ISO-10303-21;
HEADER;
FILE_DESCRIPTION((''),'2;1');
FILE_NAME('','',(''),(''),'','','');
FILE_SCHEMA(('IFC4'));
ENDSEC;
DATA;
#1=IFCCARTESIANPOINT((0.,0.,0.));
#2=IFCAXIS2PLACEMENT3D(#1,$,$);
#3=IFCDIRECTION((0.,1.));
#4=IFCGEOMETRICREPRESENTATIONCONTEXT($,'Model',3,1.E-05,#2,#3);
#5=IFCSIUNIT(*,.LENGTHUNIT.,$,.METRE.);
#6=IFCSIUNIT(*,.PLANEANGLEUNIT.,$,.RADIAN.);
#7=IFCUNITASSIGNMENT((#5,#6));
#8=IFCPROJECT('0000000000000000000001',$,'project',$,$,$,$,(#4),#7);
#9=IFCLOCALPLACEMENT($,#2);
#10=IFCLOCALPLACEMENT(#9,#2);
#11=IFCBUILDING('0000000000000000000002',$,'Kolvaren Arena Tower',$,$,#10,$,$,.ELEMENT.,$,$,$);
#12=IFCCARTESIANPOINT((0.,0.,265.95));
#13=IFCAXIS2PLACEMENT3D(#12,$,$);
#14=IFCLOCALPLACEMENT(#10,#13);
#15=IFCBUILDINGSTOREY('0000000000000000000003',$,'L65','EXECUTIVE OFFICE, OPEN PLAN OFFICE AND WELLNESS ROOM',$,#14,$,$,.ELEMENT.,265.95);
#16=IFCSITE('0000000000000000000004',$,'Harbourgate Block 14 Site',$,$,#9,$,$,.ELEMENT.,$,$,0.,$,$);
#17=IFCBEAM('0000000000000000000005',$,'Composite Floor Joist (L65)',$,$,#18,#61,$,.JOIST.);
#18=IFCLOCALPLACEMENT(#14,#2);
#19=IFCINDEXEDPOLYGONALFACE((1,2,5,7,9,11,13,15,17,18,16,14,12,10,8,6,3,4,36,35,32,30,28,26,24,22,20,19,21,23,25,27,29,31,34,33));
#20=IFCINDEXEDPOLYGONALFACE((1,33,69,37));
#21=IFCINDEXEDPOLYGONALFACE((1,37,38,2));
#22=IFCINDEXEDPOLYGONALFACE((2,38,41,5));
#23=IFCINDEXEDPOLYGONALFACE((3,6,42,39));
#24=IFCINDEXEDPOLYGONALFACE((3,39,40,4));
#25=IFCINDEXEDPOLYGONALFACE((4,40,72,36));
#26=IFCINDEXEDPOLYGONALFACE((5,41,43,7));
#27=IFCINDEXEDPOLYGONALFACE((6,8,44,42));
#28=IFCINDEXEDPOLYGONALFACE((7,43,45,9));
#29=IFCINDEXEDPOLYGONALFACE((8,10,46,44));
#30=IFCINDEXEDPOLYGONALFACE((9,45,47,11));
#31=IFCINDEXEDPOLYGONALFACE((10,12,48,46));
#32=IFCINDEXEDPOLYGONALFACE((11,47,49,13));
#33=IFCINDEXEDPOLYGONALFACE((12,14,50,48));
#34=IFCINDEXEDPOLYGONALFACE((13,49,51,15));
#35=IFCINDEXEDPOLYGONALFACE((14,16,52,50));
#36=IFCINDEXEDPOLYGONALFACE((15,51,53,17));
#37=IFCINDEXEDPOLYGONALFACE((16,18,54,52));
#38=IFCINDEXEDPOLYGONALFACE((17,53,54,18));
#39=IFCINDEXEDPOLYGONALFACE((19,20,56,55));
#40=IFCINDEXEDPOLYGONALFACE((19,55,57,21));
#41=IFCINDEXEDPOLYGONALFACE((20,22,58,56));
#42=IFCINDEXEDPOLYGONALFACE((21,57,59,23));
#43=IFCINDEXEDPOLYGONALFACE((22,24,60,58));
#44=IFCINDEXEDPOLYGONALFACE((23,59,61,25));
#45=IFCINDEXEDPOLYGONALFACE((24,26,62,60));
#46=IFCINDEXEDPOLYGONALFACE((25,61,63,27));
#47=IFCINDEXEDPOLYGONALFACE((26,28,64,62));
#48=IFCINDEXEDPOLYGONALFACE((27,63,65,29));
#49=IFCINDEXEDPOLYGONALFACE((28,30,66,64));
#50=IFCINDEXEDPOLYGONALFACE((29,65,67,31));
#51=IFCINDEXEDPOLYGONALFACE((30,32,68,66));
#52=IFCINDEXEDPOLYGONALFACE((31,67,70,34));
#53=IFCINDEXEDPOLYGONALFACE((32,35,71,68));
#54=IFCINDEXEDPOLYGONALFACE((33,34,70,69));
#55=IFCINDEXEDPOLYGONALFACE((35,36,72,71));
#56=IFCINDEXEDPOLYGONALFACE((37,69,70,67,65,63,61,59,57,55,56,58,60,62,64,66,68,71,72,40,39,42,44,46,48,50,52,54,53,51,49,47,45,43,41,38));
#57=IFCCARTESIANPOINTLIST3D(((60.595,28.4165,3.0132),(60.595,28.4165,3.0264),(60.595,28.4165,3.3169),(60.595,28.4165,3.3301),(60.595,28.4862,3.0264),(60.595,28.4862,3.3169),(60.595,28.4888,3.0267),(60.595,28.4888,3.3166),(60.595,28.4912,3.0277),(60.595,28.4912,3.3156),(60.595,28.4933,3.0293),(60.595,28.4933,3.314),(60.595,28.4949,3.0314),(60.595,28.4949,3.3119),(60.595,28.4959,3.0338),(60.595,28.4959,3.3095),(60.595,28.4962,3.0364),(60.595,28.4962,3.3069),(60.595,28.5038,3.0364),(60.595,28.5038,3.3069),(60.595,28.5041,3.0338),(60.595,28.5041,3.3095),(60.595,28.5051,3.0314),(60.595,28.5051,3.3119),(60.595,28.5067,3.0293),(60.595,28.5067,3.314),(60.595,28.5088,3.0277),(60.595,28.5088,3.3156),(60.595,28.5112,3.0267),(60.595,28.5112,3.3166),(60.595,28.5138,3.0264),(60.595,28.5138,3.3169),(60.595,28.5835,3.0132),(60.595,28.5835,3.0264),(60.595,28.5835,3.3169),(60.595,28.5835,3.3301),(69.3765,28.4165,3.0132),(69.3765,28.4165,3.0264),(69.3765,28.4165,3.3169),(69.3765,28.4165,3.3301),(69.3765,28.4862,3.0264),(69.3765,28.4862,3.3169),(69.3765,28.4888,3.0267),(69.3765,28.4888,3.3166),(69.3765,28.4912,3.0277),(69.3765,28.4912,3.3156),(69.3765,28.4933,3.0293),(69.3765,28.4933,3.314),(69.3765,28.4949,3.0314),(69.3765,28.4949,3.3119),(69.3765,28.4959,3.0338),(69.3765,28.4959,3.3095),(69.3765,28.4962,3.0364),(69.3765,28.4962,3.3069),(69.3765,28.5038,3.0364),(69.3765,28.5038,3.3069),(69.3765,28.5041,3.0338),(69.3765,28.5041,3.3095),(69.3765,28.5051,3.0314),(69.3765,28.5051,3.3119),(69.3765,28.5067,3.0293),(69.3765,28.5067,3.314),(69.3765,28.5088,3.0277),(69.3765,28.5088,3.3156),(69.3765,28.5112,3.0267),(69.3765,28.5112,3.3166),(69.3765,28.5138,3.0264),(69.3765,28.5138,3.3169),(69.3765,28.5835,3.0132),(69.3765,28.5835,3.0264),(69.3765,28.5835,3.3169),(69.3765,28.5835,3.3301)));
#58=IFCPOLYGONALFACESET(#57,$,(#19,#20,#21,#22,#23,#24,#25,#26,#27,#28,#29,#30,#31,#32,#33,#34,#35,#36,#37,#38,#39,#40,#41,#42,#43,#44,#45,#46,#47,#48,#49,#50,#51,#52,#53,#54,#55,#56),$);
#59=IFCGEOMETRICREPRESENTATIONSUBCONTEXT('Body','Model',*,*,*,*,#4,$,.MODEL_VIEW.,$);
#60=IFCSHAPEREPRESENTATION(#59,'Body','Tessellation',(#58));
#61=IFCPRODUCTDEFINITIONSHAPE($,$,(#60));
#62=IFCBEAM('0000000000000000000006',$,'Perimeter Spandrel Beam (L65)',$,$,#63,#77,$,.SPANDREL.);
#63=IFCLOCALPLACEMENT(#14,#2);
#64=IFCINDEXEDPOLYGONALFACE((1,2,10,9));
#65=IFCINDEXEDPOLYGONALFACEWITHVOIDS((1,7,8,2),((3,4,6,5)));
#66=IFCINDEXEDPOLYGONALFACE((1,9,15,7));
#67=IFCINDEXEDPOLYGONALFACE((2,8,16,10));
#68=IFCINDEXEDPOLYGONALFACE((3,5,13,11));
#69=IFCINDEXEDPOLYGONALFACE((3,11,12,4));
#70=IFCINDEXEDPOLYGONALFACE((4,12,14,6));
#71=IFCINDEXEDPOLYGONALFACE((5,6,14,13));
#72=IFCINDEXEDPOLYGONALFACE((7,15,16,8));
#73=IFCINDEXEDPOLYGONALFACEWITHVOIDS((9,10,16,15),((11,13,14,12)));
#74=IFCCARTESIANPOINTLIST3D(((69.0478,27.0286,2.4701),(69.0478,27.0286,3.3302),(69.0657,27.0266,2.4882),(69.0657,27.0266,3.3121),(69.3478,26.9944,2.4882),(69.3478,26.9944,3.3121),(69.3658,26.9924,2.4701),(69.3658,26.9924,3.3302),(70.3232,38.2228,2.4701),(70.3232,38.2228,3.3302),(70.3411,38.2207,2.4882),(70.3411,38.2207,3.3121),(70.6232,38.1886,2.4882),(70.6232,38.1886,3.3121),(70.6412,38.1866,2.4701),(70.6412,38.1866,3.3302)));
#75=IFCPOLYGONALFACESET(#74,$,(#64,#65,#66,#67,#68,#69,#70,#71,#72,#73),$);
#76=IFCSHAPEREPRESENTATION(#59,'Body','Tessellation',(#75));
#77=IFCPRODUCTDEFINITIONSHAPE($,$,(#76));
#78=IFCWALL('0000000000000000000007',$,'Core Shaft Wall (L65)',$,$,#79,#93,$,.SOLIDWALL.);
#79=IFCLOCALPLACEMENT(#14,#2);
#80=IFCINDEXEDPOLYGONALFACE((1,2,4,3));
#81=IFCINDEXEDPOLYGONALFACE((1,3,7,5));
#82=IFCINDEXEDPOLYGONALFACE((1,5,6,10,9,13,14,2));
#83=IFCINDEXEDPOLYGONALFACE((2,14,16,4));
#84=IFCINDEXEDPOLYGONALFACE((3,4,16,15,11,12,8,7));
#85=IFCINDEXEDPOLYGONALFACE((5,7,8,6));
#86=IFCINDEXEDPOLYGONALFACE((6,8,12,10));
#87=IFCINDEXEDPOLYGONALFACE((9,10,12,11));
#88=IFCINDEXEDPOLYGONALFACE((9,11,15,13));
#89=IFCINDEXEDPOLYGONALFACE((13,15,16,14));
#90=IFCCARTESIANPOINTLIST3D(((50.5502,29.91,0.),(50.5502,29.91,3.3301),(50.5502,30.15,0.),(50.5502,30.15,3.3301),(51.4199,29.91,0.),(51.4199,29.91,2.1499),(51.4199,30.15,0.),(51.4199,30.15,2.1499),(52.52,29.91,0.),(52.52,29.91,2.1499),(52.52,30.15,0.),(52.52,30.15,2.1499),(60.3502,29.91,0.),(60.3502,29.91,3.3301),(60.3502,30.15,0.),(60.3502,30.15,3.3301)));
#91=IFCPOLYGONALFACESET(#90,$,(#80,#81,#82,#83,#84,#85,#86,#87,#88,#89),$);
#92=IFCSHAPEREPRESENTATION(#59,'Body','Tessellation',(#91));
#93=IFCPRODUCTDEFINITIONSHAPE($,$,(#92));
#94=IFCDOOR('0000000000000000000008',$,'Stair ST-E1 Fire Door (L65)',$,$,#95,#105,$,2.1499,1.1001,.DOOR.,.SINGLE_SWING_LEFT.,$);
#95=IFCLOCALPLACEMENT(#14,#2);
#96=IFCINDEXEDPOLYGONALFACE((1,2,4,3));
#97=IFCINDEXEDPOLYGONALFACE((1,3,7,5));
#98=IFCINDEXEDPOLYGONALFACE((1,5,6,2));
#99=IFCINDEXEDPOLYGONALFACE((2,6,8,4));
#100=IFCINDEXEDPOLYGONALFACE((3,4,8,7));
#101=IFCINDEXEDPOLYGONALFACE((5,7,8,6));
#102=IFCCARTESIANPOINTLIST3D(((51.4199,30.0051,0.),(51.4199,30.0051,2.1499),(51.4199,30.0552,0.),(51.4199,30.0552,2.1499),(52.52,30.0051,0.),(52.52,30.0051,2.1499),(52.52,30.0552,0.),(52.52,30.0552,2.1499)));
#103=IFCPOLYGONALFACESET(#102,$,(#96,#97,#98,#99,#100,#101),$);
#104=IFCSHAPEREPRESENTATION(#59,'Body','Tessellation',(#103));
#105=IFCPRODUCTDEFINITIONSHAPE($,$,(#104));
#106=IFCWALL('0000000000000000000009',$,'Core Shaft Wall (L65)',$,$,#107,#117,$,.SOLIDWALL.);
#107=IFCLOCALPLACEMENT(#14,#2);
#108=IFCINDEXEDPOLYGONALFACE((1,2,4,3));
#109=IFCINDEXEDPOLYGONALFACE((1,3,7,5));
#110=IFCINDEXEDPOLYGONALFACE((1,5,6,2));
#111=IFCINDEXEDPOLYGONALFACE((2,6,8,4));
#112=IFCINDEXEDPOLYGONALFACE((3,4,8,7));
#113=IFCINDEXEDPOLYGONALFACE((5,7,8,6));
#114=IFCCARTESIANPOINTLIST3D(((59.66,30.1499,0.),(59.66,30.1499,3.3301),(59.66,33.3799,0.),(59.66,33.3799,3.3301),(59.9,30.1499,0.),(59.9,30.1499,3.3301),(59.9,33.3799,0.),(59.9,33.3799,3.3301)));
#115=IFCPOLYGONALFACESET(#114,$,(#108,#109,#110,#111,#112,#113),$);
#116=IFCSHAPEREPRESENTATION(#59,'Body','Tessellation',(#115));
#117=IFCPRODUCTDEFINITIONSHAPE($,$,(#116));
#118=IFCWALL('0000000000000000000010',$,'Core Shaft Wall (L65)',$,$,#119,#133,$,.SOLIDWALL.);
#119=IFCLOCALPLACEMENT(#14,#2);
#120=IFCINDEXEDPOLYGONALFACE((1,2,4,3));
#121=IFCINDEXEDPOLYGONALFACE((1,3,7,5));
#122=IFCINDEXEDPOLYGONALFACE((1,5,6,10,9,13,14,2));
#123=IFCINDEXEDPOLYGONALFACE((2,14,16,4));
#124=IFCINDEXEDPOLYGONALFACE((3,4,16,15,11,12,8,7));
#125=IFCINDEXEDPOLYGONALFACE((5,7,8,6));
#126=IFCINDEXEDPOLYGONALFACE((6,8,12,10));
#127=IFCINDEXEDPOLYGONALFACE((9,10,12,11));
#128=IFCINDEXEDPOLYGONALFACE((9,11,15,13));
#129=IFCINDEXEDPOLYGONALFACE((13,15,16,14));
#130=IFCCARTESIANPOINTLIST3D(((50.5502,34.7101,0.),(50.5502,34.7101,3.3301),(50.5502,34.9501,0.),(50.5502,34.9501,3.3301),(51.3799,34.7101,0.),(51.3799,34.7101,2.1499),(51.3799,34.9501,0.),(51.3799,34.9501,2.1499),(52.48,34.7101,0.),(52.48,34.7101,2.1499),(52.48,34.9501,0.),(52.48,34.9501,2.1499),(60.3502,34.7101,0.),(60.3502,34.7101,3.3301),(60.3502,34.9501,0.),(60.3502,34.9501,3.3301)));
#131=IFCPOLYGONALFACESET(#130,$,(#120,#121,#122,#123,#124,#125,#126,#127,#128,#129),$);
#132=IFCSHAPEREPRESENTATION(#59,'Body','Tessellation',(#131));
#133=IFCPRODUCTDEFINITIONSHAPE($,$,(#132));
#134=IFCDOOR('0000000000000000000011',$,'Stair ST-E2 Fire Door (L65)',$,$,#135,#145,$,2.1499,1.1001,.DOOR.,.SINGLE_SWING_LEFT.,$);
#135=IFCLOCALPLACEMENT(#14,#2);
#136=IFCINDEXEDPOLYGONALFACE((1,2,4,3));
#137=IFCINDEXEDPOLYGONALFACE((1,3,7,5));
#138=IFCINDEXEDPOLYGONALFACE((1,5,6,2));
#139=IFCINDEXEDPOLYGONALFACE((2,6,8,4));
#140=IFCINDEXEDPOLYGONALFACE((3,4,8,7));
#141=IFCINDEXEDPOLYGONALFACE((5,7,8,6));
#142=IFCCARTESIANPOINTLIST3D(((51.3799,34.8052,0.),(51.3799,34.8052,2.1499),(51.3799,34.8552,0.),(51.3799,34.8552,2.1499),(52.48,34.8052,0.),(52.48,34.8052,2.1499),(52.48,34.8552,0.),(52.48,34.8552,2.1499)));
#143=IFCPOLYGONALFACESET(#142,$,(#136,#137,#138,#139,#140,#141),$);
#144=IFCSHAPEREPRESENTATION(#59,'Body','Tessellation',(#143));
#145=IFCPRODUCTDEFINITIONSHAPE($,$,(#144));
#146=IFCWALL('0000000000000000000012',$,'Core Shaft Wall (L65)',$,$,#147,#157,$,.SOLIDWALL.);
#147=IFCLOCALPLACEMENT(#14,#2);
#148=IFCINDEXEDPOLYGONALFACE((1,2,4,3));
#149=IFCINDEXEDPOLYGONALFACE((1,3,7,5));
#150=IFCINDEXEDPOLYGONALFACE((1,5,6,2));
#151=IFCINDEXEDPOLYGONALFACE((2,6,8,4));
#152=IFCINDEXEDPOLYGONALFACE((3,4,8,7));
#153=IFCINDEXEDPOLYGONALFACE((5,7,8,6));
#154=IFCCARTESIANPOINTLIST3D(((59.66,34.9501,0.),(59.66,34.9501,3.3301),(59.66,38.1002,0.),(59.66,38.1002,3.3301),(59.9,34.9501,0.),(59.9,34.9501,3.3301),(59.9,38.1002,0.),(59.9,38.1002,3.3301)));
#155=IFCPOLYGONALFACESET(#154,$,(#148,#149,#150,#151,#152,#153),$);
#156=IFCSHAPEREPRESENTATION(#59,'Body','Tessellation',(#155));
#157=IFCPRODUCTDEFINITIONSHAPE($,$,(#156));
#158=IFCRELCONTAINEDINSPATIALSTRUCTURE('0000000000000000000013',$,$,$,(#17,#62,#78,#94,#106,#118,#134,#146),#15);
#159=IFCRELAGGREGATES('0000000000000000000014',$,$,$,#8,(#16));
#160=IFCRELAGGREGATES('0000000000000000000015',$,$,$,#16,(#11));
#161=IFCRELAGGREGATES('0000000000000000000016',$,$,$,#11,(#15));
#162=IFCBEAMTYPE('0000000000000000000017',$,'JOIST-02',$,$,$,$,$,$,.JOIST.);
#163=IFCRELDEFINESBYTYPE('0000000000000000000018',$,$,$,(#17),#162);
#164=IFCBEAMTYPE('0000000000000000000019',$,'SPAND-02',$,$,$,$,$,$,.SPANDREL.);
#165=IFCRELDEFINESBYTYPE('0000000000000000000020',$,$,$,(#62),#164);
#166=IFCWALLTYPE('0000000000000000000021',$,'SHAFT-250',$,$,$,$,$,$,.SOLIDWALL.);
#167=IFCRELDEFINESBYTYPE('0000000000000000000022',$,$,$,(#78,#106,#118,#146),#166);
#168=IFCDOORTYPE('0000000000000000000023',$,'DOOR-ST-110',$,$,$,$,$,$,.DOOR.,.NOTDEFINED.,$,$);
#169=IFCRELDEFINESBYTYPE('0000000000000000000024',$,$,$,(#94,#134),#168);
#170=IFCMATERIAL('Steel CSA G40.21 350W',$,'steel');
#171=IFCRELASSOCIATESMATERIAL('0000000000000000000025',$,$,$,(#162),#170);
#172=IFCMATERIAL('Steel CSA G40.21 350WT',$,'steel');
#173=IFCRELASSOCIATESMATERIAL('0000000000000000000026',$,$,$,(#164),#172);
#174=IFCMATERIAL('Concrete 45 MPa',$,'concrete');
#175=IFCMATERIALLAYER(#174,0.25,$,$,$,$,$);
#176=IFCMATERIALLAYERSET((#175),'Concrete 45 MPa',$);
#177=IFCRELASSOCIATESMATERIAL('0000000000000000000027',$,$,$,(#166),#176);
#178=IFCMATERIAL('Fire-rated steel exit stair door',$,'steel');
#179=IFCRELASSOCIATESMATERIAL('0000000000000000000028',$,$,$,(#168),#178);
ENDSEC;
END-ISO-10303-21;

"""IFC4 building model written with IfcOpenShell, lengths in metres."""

from ifc_helpers import new_model, si_unit, direction, frame, frame_2d, origin, origin_2d, place, context, subcontext, project, spatial, rectangle, hollow_rectangle, i_section, extrude, material, layer, layer_set, material_profile, profile_set, type_object, element, fill, save


model = new_model("IFC4")

# Units and contexts
model_context = context("Model", 3, precision=1e-05, world=origin(), true_north=direction((0.0, 1.0)))
body_context = subcontext(model_context, "Body", "Model", "MODEL_VIEW")
ifc_project = project(units=[si_unit("LENGTHUNIT", "METRE"), si_unit("PLANEANGLEUNIT", "RADIAN")], contexts=[model_context])

# Site, building, storey
site_placement = place(None, origin())
site = spatial("IfcSite", under=ifc_project, at=site_placement, Name="Harbourgate Block 14 Site", CompositionType="ELEMENT", RefElevation=0.0)
building_placement = place(site_placement, origin())
building = spatial("IfcBuilding", under=site, at=building_placement, Name="Kolvaren Arena Tower", CompositionType="ELEMENT")
storey_placement = place(building_placement, frame((0.0, 0.0, 265.95)))
storey = spatial("IfcBuildingStorey", under=building, at=storey_placement, Name="L65", Description="EXECUTIVE OFFICE, OPEN PLAN OFFICE AND WELLNESS ROOM", CompositionType="ELEMENT", Elevation=265.95)

# Beams
ifc_material_1 = material(Name="Steel CSA G40.21 350W", Category="steel")
ifc_material_profile_1 = material_profile(ifc_material_1, i_section(OverallWidth=0.167, OverallDepth=0.3169, WebThickness=0.0076, FlangeThickness=0.0132, FilletRadius=0.01, at=origin_2d()), Name="W310x52")
ifc_profile_set_1 = profile_set([ifc_material_profile_1], Name="Steel CSA G40.21 350W")
beam_type_1 = type_object("IfcBeamType", Name="JOIST-02", PredefinedType="JOIST", material=ifc_profile_set_1)
beam_1_placement = place(storey_placement, frame((60.595, 28.5, 3.1716), z_axis=(1.0, 0.0, 0.0), x_axis=(0.0, 1.0, 0.0)))
element("IfcBeam", 1, at=beam_1_placement, inside=storey, type_object=beam_type_1, Name="Composite Floor Joist (L65)", PredefinedType="JOIST", context=body_context, shape_type="SweptSolid", body=[
    extrude(i_section(OverallWidth=0.167, OverallDepth=0.3169, WebThickness=0.0076, FlangeThickness=0.0132, FilletRadius=0.01, at=origin_2d()), origin(), (0.0, 0.0, 1.0), 8.7815),
])
ifc_material_2 = material(Name="Steel CSA G40.21 350WT", Category="steel")
ifc_material_profile_2 = material_profile(ifc_material_2, hollow_rectangle(XDim=0.3201, YDim=0.8601, WallThickness=0.0181, at=origin_2d()), Name="HSS 860x320x18")
ifc_profile_set_2 = profile_set([ifc_material_profile_2], Name="Steel CSA G40.21 350WT")
beam_type_2 = type_object("IfcBeamType", Name="SPAND-02", PredefinedType="SPANDREL", material=ifc_profile_set_2)
beam_2_placement = place(storey_placement, frame((69.2068, 27.0105, 2.9001), z_axis=(0.113202, 0.993572, 0.0), x_axis=(-0.993572, 0.113202, 0.0)))
element("IfcBeam", 2, at=beam_2_placement, inside=storey, type_object=beam_type_2, Name="Perimeter Spandrel Beam (L65)", PredefinedType="SPANDREL", context=body_context, shape_type="SweptSolid", body=[
    extrude(hollow_rectangle(XDim=0.3201, YDim=0.8601, WallThickness=0.0181, at=origin_2d()), origin(), (0.0, 0.0, 1.0), 11.2666),
])

# Wall, opening, door
ifc_material_3 = material(Name="Concrete 45 MPa", Category="concrete")
ifc_layer = layer(ifc_material_3, 0.25)
ifc_layer_set = layer_set([ifc_layer], Name="Concrete 45 MPa")
wall_type = type_object("IfcWallType", Name="SHAFT-250", PredefinedType="SOLIDWALL", material=ifc_layer_set)
wall_1_placement = place(storey_placement, frame((60.3501, 30.03, 0.0), z_axis=(0.0, 0.0, 1.0), x_axis=(-1.0, 0.0, 0.0)))
wall_1 = element("IfcWall", 3, at=wall_1_placement, inside=storey, type_object=wall_type, Name="Core Shaft Wall (L65)", PredefinedType="SOLIDWALL", context=body_context, shape_type="SweptSolid", body=[
    extrude(rectangle(XDim=9.8, YDim=0.24, at=frame_2d((4.8999, 0.0))), origin(), (0.0, 0.0, 1.0), 3.3301),
])
opening_1_placement = place(wall_1_placement, frame((7.8301, 0.0, 0.0)))
opening_1 = element("IfcOpeningElement", 4, at=opening_1_placement, cuts=wall_1, PredefinedType="OPENING", context=body_context, shape_type="SweptSolid", body=[
    extrude(rectangle(XDim=1.1001, YDim=2.1499, at=frame_2d((0.55, 1.075))), frame((0.0, 0.1299, 0.0), z_axis=(0.0, -1.0, 0.0), x_axis=(1.0, 0.0, 0.0)), (0.0, 0.0, 1.0), 0.26),
])
ifc_material_4 = material(Name="Fire-rated steel exit stair door", Category="steel")
door_type_1 = type_object("IfcDoorType", Name="DOOR-ST-110", OperationType="NOTDEFINED", PredefinedType="DOOR", material=ifc_material_4)
door_1_placement = place(opening_1_placement, origin())
door_1 = element("IfcDoor", 5, at=door_1_placement, inside=storey, type_object=door_type_1, Name="Stair ST-E1 Fire Door (L65)", OperationType="SINGLE_SWING_LEFT", OverallHeight=2.1499, OverallWidth=1.1001, PredefinedType="DOOR", context=body_context, shape_type="SweptSolid", body=[
    extrude(rectangle(XDim=1.1001, YDim=2.1499, at=frame_2d((0.55, 1.075))), frame((0.0, 0.0249, 0.0), z_axis=(0.0, -1.0, 0.0), x_axis=(1.0, 0.0, 0.0)), (0.0, 0.0, 1.0), 0.05),
])
fill(opening_1, door_1)

# Wall
wall_2_placement = place(storey_placement, frame((59.78, 30.1499, 0.0), z_axis=(0.0, 0.0, 1.0), x_axis=(0.0, 1.0, 0.0)))
element("IfcWall", 6, at=wall_2_placement, inside=storey, type_object=wall_type, Name="Core Shaft Wall (L65)", PredefinedType="SOLIDWALL", context=body_context, shape_type="SweptSolid", body=[
    extrude(rectangle(XDim=3.23, YDim=0.24, at=frame_2d((1.615, 0.0))), origin(), (0.0, 0.0, 1.0), 3.3301),
])

# Wall, opening, door
wall_3_placement = place(storey_placement, frame((60.3501, 34.8301, 0.0), z_axis=(0.0, 0.0, 1.0), x_axis=(-1.0, 0.0, 0.0)))
wall_3 = element("IfcWall", 7, at=wall_3_placement, inside=storey, type_object=wall_type, Name="Core Shaft Wall (L65)", PredefinedType="SOLIDWALL", context=body_context, shape_type="SweptSolid", body=[
    extrude(rectangle(XDim=9.8, YDim=0.24, at=frame_2d((4.8999, 0.0))), origin(), (0.0, 0.0, 1.0), 3.3301),
])
opening_2_placement = place(wall_3_placement, frame((7.8701, 0.0, 0.0)))
opening_2 = element("IfcOpeningElement", 8, at=opening_2_placement, cuts=wall_3, PredefinedType="OPENING", context=body_context, shape_type="SweptSolid", body=[
    extrude(rectangle(XDim=1.1001, YDim=2.1499, at=frame_2d((0.55, 1.075))), frame((0.0, 0.1299, 0.0), z_axis=(0.0, -1.0, 0.0), x_axis=(1.0, 0.0, 0.0)), (0.0, 0.0, 1.0), 0.26),
])
door_2_placement = place(opening_2_placement, origin())
door_2 = element("IfcDoor", 9, at=door_2_placement, inside=storey, type_object=door_type_1, Name="Stair ST-E2 Fire Door (L65)", OperationType="SINGLE_SWING_LEFT", OverallHeight=2.1499, OverallWidth=1.1001, PredefinedType="DOOR", context=body_context, shape_type="SweptSolid", body=[
    extrude(rectangle(XDim=1.1001, YDim=2.1499, at=frame_2d((0.55, 1.075))), frame((0.0, 0.0249, 0.0), z_axis=(0.0, -1.0, 0.0), x_axis=(1.0, 0.0, 0.0)), (0.0, 0.0, 1.0), 0.05),
])
fill(opening_2, door_2)

# Wall
wall_4_placement = place(storey_placement, frame((59.78, 34.95, 0.0), z_axis=(0.0, 0.0, 1.0), x_axis=(0.0, 1.0, 0.0)))
element("IfcWall", 10, at=wall_4_placement, inside=storey, type_object=wall_type, Name="Core Shaft Wall (L65)", PredefinedType="SOLIDWALL", context=body_context, shape_type="SweptSolid", body=[
    extrude(rectangle(XDim=3.1501, YDim=0.24, at=frame_2d((1.5752, 0.0))), origin(), (0.0, 0.0, 1.0), 3.3301),
])

save(model, "model.ifc")
